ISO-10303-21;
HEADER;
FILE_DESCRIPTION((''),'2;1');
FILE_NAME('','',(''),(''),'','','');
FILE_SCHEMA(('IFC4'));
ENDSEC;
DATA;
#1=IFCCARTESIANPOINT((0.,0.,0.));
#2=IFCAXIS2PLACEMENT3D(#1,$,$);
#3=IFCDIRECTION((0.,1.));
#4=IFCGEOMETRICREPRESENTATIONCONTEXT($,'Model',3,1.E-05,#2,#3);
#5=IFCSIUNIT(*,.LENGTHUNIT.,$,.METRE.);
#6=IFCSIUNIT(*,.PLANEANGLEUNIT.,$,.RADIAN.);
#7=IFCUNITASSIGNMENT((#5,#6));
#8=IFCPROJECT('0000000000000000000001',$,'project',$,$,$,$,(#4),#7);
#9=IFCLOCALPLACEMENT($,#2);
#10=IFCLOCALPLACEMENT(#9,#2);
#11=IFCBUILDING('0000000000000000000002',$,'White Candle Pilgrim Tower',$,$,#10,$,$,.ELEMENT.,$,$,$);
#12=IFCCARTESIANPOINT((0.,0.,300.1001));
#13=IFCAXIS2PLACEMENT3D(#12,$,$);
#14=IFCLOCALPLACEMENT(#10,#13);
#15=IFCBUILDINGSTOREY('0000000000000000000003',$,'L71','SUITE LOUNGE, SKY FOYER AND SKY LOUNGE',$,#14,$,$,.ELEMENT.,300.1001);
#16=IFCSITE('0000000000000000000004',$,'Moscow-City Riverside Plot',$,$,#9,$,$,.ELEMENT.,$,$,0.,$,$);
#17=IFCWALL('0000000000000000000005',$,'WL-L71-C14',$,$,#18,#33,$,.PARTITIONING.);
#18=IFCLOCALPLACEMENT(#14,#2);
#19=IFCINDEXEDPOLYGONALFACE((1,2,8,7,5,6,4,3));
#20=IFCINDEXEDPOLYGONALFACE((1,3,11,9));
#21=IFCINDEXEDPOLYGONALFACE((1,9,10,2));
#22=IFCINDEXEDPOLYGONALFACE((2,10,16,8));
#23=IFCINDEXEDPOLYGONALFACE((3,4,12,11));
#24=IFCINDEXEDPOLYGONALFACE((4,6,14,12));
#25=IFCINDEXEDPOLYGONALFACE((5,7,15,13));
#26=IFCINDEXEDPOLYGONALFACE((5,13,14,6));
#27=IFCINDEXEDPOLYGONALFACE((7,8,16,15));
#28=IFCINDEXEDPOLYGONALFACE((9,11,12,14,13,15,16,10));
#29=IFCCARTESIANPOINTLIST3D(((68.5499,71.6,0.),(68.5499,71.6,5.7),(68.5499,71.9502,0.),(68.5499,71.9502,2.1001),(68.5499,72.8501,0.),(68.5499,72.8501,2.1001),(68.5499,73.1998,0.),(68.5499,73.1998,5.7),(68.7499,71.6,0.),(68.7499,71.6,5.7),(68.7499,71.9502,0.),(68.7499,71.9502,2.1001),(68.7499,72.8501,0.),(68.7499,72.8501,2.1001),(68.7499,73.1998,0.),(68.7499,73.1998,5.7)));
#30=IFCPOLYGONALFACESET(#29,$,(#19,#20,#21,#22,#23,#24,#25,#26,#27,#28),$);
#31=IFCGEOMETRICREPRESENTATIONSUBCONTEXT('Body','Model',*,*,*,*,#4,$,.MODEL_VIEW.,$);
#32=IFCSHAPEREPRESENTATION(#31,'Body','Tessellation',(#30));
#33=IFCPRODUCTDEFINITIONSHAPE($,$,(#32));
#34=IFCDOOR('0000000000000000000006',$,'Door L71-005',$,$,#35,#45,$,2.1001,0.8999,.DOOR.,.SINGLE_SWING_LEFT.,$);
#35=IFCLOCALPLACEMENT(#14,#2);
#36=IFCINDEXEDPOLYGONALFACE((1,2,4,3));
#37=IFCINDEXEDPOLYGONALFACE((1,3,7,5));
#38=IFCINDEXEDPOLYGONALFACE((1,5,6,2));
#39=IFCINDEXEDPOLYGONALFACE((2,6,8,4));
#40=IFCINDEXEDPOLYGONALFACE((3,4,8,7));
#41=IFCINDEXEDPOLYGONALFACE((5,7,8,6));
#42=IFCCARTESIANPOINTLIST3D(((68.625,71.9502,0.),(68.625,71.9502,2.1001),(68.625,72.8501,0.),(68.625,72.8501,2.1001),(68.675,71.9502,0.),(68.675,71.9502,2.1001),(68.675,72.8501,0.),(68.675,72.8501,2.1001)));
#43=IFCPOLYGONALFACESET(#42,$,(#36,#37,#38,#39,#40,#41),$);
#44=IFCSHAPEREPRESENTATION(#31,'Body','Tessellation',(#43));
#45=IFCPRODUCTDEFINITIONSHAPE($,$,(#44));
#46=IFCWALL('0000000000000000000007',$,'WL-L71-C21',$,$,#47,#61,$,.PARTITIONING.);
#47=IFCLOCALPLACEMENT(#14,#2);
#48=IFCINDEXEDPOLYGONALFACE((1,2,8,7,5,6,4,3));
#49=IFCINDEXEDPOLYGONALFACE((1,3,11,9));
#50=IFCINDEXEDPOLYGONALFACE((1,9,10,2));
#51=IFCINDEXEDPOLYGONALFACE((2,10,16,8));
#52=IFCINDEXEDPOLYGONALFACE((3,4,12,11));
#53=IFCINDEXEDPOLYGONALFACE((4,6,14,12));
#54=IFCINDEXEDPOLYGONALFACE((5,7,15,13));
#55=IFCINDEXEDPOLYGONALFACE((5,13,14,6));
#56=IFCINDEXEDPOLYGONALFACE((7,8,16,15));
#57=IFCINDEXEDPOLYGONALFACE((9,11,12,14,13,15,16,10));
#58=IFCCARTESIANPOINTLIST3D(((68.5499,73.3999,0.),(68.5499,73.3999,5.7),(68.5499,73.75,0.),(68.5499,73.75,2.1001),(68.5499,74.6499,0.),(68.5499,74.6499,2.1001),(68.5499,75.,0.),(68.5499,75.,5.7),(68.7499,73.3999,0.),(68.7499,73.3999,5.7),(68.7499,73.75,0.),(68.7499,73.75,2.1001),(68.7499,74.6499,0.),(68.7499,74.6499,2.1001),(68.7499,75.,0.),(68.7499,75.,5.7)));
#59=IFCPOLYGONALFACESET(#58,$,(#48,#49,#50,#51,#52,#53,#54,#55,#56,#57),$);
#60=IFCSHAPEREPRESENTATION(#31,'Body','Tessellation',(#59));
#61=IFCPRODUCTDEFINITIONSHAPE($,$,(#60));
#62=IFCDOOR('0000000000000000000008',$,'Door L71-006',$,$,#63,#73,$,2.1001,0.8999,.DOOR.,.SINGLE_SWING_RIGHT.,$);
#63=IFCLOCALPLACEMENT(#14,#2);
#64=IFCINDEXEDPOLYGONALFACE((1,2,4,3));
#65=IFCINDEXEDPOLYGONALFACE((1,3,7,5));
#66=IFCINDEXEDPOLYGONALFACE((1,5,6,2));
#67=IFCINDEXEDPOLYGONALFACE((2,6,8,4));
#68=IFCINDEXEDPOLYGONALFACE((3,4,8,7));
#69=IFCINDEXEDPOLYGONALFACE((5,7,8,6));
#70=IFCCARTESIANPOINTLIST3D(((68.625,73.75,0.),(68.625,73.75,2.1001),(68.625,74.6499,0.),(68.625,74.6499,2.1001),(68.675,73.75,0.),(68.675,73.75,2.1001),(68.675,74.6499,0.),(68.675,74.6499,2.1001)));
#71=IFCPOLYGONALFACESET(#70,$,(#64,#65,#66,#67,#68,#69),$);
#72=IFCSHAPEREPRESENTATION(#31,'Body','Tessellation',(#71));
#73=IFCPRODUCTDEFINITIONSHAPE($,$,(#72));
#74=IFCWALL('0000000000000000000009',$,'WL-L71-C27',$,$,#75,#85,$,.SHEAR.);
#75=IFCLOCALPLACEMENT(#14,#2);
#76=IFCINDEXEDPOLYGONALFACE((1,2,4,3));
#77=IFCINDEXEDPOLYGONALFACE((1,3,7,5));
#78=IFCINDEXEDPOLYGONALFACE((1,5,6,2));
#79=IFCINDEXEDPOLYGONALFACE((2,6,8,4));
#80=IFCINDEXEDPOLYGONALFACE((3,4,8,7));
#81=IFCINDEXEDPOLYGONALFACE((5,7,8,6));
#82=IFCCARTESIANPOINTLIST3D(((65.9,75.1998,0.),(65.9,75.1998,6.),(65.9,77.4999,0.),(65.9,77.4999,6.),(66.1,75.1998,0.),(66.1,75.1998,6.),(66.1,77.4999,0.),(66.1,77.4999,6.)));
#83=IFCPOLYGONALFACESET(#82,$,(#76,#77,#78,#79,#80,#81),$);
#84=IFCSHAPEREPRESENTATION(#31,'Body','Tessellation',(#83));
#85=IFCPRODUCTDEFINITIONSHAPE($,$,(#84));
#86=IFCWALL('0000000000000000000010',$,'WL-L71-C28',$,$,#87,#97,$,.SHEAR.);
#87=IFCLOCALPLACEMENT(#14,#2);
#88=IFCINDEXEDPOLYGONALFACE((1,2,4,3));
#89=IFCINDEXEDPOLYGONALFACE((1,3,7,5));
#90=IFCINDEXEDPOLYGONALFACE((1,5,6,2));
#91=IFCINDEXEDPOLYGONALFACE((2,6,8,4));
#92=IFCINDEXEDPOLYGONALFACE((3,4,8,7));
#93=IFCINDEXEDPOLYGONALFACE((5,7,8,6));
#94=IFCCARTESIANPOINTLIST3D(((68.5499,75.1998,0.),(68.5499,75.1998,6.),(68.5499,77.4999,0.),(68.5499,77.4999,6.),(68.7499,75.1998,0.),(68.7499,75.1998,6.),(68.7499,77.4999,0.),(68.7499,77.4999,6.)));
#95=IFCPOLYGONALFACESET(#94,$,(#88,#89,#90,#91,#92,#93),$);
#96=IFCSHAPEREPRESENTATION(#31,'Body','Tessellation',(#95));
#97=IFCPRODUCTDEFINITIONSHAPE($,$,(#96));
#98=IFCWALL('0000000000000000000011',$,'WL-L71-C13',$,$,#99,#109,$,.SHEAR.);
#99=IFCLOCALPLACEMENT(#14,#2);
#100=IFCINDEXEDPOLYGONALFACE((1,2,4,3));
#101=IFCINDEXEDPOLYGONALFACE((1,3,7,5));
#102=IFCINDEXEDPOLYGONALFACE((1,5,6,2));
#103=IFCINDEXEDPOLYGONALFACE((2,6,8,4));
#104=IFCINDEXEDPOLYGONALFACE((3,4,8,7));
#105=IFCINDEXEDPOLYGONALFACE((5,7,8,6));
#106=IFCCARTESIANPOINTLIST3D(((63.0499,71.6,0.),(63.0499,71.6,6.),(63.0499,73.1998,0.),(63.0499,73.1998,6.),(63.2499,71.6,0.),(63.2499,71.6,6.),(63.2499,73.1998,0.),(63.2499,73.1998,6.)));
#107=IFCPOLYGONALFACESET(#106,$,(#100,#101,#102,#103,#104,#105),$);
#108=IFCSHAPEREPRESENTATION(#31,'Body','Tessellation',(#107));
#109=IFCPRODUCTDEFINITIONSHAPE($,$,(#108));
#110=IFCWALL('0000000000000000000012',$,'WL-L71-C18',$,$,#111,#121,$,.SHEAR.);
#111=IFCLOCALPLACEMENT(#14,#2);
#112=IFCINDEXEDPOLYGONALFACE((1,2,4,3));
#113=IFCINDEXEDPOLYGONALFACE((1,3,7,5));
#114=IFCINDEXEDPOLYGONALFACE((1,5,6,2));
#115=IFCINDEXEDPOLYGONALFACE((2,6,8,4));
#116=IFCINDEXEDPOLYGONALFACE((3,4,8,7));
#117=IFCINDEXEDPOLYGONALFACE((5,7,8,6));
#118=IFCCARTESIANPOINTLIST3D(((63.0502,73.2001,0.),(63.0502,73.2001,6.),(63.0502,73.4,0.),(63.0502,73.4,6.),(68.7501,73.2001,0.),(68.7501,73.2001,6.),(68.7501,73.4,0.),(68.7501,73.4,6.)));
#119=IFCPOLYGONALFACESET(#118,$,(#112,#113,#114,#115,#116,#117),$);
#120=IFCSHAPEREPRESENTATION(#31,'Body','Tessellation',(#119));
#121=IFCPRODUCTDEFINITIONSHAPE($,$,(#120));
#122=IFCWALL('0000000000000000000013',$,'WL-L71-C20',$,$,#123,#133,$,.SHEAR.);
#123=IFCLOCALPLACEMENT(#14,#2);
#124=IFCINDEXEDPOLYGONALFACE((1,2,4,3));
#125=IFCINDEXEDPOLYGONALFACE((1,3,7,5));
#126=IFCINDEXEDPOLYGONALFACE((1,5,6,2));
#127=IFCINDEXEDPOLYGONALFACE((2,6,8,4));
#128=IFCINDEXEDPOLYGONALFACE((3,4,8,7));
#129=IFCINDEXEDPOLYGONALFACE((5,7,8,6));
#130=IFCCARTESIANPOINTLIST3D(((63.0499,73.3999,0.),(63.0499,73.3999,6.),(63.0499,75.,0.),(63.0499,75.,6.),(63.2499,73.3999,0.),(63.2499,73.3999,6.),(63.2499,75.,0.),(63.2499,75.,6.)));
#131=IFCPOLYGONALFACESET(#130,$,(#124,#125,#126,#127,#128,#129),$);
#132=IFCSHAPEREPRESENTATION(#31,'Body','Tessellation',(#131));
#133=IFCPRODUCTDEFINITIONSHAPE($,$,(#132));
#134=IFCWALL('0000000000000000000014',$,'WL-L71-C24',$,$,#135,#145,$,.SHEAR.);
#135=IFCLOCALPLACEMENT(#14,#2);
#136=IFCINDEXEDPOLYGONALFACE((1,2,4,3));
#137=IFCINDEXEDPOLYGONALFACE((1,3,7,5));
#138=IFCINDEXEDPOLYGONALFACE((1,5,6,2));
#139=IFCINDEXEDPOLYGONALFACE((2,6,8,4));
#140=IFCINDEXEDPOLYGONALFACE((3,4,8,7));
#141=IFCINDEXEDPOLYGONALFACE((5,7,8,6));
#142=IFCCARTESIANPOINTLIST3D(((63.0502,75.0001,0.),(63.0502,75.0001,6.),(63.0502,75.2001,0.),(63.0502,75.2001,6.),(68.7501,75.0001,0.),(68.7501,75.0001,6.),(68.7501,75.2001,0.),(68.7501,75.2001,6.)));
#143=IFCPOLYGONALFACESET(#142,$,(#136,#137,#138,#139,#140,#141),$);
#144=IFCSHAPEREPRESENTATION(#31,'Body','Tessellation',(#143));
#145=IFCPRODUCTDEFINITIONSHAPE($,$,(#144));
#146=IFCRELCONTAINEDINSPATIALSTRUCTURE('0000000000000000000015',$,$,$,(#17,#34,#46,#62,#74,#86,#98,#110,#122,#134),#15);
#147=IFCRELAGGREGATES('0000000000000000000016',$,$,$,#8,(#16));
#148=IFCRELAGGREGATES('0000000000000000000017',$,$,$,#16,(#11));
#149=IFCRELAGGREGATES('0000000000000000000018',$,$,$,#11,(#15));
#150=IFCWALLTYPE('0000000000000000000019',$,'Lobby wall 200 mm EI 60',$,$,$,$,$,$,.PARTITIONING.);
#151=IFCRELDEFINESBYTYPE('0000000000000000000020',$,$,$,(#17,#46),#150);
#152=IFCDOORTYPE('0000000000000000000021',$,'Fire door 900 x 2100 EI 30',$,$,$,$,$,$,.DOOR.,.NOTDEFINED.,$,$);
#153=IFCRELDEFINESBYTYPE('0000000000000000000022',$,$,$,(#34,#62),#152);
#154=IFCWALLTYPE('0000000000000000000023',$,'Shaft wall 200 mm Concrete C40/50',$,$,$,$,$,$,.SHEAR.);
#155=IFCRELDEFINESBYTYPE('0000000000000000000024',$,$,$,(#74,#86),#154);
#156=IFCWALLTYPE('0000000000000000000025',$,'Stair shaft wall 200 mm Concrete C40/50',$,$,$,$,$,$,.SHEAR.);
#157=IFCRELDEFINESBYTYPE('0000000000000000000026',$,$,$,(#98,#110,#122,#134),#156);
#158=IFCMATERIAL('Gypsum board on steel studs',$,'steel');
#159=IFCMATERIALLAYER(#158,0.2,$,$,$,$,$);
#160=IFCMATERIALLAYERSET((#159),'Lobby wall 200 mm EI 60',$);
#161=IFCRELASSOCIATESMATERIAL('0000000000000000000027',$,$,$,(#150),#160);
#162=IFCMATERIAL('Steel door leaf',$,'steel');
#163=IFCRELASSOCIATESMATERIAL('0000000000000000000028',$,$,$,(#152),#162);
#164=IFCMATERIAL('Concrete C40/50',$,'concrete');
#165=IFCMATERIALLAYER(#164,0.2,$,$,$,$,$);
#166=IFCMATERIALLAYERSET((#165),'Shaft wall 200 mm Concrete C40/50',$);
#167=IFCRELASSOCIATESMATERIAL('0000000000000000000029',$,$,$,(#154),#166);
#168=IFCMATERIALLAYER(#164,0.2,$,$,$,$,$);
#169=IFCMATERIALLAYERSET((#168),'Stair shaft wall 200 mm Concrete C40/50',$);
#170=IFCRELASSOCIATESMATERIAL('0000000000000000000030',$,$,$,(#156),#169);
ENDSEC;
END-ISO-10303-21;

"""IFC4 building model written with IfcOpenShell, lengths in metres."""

from ifc_helpers import new_model, si_unit, direction, frame, frame_2d, origin, place, context, subcontext, project, spatial, rectangle, extrude, material, layer, layer_set, type_object, element, fill, save


model = new_model("IFC4")

# Units and contexts
model_context = context("Model", 3, precision=1e-05, world=origin(), true_north=direction((0.0, 1.0)))
body_context = subcontext(model_context, "Body", "Model", "MODEL_VIEW")
ifc_project = project(units=[si_unit("LENGTHUNIT", "METRE"), si_unit("PLANEANGLEUNIT", "RADIAN")], contexts=[model_context])

# Site, building, storey
site_placement = place(None, origin())
site = spatial("IfcSite", under=ifc_project, at=site_placement, Name="Moscow-City Riverside Plot", CompositionType="ELEMENT", RefElevation=0.0)
building_placement = place(site_placement, origin())
building = spatial("IfcBuilding", under=site, at=building_placement, Name="White Candle Pilgrim Tower", CompositionType="ELEMENT")
storey_placement = place(building_placement, frame((0.0, 0.0, 300.1001)))
storey = spatial("IfcBuildingStorey", under=building, at=storey_placement, Name="L71", Description="SUITE LOUNGE, SKY FOYER AND SKY LOUNGE", CompositionType="ELEMENT", Elevation=300.1001)

# Walls, openings, doors
ifc_material_1 = material(Name="Gypsum board on steel studs", Category="steel")
ifc_layer_1 = layer(ifc_material_1, 0.2)
ifc_layer_set_1 = layer_set([ifc_layer_1], Name="Lobby wall 200 mm EI 60")
wall_type_1 = type_object("IfcWallType", Name="Lobby wall 200 mm EI 60", PredefinedType="PARTITIONING", material=ifc_layer_set_1)
wall_1_placement = place(storey_placement, frame((68.6499, 71.6001, 0.0), z_axis=(0.0, 0.0, 1.0), x_axis=(0.0, 1.0, 0.0)))
wall_1 = element("IfcWall", 1, at=wall_1_placement, inside=storey, type_object=wall_type_1, Name="WL-L71-C14", PredefinedType="PARTITIONING", context=body_context, shape_type="SweptSolid", body=[
    extrude(rectangle(XDim=1.5999, YDim=0.2, at=frame_2d((0.7998, 0.0))), origin(), (0.0, 0.0, 1.0), 5.7),
])
opening_1_placement = place(wall_1_placement, frame((0.3501, 0.0, 0.0)))
opening_1 = element("IfcOpeningElement", 2, at=opening_1_placement, cuts=wall_1, PredefinedType="OPENING", context=body_context, shape_type="SweptSolid", body=[
    extrude(rectangle(XDim=0.8999, YDim=2.1001, at=frame_2d((0.45, 1.05))), frame((0.0, 0.1099, 0.0), z_axis=(0.0, -1.0, 0.0), x_axis=(1.0, 0.0, 0.0)), (0.0, 0.0, 1.0), 0.22),
])
ifc_material_2 = material(Name="Steel door leaf", Category="steel")
door_type_1 = type_object("IfcDoorType", Name="Fire door 900 x 2100 EI 30", OperationType="NOTDEFINED", PredefinedType="DOOR", material=ifc_material_2)
door_1_placement = place(opening_1_placement, origin())
door_1 = element("IfcDoor", 3, at=door_1_placement, inside=storey, type_object=door_type_1, Name="Door L71-005", OperationType="SINGLE_SWING_LEFT", OverallHeight=2.1001, OverallWidth=0.8999, PredefinedType="DOOR", context=body_context, shape_type="SweptSolid", body=[
    extrude(rectangle(XDim=0.8999, YDim=2.1001, at=frame_2d((0.45, 1.05))), frame((0.0, 0.0249, 0.0), z_axis=(0.0, -1.0, 0.0), x_axis=(1.0, 0.0, 0.0)), (0.0, 0.0, 1.0), 0.05),
])
fill(opening_1, door_1)
wall_2_placement = place(storey_placement, frame((68.6499, 73.3999, 0.0), z_axis=(0.0, 0.0, 1.0), x_axis=(0.0, 1.0, 0.0)))
wall_2 = element("IfcWall", 4, at=wall_2_placement, inside=storey, type_object=wall_type_1, Name="WL-L71-C21", PredefinedType="PARTITIONING", context=body_context, shape_type="SweptSolid", body=[
    extrude(rectangle(XDim=1.6001, YDim=0.2, at=frame_2d((0.8, 0.0))), origin(), (0.0, 0.0, 1.0), 5.7),
])
opening_2_placement = place(wall_2_placement, frame((0.3501, 0.0, 0.0)))
opening_2 = element("IfcOpeningElement", 5, at=opening_2_placement, cuts=wall_2, PredefinedType="OPENING", context=body_context, shape_type="SweptSolid", body=[
    extrude(rectangle(XDim=0.8999, YDim=2.1001, at=frame_2d((0.45, 1.05))), frame((0.0, 0.1099, 0.0), z_axis=(0.0, -1.0, 0.0), x_axis=(1.0, 0.0, 0.0)), (0.0, 0.0, 1.0), 0.22),
])
door_2_placement = place(opening_2_placement, origin())
door_2 = element("IfcDoor", 6, at=door_2_placement, inside=storey, type_object=door_type_1, Name="Door L71-006", OperationType="SINGLE_SWING_RIGHT", OverallHeight=2.1001, OverallWidth=0.8999, PredefinedType="DOOR", context=body_context, shape_type="SweptSolid", body=[
    extrude(rectangle(XDim=0.8999, YDim=2.1001, at=frame_2d((0.45, 1.05))), frame((0.0, 0.0249, 0.0), z_axis=(0.0, -1.0, 0.0), x_axis=(1.0, 0.0, 0.0)), (0.0, 0.0, 1.0), 0.05),
])
fill(opening_2, door_2)

# Walls
ifc_material_3 = material(Name="Concrete C40/50", Category="concrete")
ifc_layer_2 = layer(ifc_material_3, 0.2)
ifc_layer_set_2 = layer_set([ifc_layer_2], Name="Shaft wall 200 mm Concrete C40/50")
wall_type_2 = type_object("IfcWallType", Name="Shaft wall 200 mm Concrete C40/50", PredefinedType="SHEAR", material=ifc_layer_set_2)
for number, where, z_axis, x_axis, name in (
    (7, (66.0, 75.2, 0.0), (0.0, 0.0, 1.0), (0.0, 1.0, 0.0), "WL-L71-C27"),
    (8, (68.6499, 75.2, 0.0), (0.0, 0.0, 1.0), (0.0, 1.0, 0.0), "WL-L71-C28"),
):
    element("IfcWall", number, at=place(storey_placement, frame(where, z_axis=z_axis, x_axis=x_axis)), inside=storey, type_object=wall_type_2, Name=name, PredefinedType="SHEAR", context=body_context, shape_type="SweptSolid", body=[
        extrude(rectangle(XDim=2.3, YDim=0.2, at=frame_2d((1.1499, 0.0))), origin(), (0.0, 0.0, 1.0), 6.0),
    ])
ifc_layer_3 = layer(ifc_material_3, 0.2)
ifc_layer_set_3 = layer_set([ifc_layer_3], Name="Stair shaft wall 200 mm Concrete C40/50")
wall_type_3 = type_object("IfcWallType", Name="Stair shaft wall 200 mm Concrete C40/50", PredefinedType="SHEAR", material=ifc_layer_set_3)
wall_3_placement = place(storey_placement, frame((63.1499, 71.6001, 0.0), z_axis=(0.0, 0.0, 1.0), x_axis=(0.0, 1.0, 0.0)))
element("IfcWall", 9, at=wall_3_placement, inside=storey, type_object=wall_type_3, Name="WL-L71-C13", PredefinedType="SHEAR", context=body_context, shape_type="SweptSolid", body=[
    extrude(rectangle(XDim=1.5999, YDim=0.2, at=frame_2d((0.7998, 0.0))), origin(), (0.0, 0.0, 1.0), 6.0),
])
wall_4_placement = place(storey_placement, frame((63.05, 73.3, 0.0), z_axis=(0.0, 0.0, 1.0), x_axis=(1.0, 0.0, 0.0)))
element("IfcWall", 10, at=wall_4_placement, inside=storey, type_object=wall_type_3, Name="WL-L71-C18", PredefinedType="SHEAR", context=body_context, shape_type="SweptSolid", body=[
    extrude(rectangle(XDim=5.7, YDim=0.2, at=frame_2d((2.8501, 0.0))), origin(), (0.0, 0.0, 1.0), 6.0),
])
wall_5_placement = place(storey_placement, frame((63.1499, 73.3999, 0.0), z_axis=(0.0, 0.0, 1.0), x_axis=(0.0, 1.0, 0.0)))
element("IfcWall", 11, at=wall_5_placement, inside=storey, type_object=wall_type_3, Name="WL-L71-C20", PredefinedType="SHEAR", context=body_context, shape_type="SweptSolid", body=[
    extrude(rectangle(XDim=1.6001, YDim=0.2, at=frame_2d((0.8, 0.0))), origin(), (0.0, 0.0, 1.0), 6.0),
])
wall_6_placement = place(storey_placement, frame((63.05, 75.1001, 0.0), z_axis=(0.0, 0.0, 1.0), x_axis=(1.0, 0.0, 0.0)))
element("IfcWall", 12, at=wall_6_placement, inside=storey, type_object=wall_type_3, Name="WL-L71-C24", PredefinedType="SHEAR", context=body_context, shape_type="SweptSolid", body=[
    extrude(rectangle(XDim=5.7, YDim=0.2, at=frame_2d((2.8501, 0.0))), origin(), (0.0, 0.0, 1.0), 6.0),
])

save(model, "model.ifc")
